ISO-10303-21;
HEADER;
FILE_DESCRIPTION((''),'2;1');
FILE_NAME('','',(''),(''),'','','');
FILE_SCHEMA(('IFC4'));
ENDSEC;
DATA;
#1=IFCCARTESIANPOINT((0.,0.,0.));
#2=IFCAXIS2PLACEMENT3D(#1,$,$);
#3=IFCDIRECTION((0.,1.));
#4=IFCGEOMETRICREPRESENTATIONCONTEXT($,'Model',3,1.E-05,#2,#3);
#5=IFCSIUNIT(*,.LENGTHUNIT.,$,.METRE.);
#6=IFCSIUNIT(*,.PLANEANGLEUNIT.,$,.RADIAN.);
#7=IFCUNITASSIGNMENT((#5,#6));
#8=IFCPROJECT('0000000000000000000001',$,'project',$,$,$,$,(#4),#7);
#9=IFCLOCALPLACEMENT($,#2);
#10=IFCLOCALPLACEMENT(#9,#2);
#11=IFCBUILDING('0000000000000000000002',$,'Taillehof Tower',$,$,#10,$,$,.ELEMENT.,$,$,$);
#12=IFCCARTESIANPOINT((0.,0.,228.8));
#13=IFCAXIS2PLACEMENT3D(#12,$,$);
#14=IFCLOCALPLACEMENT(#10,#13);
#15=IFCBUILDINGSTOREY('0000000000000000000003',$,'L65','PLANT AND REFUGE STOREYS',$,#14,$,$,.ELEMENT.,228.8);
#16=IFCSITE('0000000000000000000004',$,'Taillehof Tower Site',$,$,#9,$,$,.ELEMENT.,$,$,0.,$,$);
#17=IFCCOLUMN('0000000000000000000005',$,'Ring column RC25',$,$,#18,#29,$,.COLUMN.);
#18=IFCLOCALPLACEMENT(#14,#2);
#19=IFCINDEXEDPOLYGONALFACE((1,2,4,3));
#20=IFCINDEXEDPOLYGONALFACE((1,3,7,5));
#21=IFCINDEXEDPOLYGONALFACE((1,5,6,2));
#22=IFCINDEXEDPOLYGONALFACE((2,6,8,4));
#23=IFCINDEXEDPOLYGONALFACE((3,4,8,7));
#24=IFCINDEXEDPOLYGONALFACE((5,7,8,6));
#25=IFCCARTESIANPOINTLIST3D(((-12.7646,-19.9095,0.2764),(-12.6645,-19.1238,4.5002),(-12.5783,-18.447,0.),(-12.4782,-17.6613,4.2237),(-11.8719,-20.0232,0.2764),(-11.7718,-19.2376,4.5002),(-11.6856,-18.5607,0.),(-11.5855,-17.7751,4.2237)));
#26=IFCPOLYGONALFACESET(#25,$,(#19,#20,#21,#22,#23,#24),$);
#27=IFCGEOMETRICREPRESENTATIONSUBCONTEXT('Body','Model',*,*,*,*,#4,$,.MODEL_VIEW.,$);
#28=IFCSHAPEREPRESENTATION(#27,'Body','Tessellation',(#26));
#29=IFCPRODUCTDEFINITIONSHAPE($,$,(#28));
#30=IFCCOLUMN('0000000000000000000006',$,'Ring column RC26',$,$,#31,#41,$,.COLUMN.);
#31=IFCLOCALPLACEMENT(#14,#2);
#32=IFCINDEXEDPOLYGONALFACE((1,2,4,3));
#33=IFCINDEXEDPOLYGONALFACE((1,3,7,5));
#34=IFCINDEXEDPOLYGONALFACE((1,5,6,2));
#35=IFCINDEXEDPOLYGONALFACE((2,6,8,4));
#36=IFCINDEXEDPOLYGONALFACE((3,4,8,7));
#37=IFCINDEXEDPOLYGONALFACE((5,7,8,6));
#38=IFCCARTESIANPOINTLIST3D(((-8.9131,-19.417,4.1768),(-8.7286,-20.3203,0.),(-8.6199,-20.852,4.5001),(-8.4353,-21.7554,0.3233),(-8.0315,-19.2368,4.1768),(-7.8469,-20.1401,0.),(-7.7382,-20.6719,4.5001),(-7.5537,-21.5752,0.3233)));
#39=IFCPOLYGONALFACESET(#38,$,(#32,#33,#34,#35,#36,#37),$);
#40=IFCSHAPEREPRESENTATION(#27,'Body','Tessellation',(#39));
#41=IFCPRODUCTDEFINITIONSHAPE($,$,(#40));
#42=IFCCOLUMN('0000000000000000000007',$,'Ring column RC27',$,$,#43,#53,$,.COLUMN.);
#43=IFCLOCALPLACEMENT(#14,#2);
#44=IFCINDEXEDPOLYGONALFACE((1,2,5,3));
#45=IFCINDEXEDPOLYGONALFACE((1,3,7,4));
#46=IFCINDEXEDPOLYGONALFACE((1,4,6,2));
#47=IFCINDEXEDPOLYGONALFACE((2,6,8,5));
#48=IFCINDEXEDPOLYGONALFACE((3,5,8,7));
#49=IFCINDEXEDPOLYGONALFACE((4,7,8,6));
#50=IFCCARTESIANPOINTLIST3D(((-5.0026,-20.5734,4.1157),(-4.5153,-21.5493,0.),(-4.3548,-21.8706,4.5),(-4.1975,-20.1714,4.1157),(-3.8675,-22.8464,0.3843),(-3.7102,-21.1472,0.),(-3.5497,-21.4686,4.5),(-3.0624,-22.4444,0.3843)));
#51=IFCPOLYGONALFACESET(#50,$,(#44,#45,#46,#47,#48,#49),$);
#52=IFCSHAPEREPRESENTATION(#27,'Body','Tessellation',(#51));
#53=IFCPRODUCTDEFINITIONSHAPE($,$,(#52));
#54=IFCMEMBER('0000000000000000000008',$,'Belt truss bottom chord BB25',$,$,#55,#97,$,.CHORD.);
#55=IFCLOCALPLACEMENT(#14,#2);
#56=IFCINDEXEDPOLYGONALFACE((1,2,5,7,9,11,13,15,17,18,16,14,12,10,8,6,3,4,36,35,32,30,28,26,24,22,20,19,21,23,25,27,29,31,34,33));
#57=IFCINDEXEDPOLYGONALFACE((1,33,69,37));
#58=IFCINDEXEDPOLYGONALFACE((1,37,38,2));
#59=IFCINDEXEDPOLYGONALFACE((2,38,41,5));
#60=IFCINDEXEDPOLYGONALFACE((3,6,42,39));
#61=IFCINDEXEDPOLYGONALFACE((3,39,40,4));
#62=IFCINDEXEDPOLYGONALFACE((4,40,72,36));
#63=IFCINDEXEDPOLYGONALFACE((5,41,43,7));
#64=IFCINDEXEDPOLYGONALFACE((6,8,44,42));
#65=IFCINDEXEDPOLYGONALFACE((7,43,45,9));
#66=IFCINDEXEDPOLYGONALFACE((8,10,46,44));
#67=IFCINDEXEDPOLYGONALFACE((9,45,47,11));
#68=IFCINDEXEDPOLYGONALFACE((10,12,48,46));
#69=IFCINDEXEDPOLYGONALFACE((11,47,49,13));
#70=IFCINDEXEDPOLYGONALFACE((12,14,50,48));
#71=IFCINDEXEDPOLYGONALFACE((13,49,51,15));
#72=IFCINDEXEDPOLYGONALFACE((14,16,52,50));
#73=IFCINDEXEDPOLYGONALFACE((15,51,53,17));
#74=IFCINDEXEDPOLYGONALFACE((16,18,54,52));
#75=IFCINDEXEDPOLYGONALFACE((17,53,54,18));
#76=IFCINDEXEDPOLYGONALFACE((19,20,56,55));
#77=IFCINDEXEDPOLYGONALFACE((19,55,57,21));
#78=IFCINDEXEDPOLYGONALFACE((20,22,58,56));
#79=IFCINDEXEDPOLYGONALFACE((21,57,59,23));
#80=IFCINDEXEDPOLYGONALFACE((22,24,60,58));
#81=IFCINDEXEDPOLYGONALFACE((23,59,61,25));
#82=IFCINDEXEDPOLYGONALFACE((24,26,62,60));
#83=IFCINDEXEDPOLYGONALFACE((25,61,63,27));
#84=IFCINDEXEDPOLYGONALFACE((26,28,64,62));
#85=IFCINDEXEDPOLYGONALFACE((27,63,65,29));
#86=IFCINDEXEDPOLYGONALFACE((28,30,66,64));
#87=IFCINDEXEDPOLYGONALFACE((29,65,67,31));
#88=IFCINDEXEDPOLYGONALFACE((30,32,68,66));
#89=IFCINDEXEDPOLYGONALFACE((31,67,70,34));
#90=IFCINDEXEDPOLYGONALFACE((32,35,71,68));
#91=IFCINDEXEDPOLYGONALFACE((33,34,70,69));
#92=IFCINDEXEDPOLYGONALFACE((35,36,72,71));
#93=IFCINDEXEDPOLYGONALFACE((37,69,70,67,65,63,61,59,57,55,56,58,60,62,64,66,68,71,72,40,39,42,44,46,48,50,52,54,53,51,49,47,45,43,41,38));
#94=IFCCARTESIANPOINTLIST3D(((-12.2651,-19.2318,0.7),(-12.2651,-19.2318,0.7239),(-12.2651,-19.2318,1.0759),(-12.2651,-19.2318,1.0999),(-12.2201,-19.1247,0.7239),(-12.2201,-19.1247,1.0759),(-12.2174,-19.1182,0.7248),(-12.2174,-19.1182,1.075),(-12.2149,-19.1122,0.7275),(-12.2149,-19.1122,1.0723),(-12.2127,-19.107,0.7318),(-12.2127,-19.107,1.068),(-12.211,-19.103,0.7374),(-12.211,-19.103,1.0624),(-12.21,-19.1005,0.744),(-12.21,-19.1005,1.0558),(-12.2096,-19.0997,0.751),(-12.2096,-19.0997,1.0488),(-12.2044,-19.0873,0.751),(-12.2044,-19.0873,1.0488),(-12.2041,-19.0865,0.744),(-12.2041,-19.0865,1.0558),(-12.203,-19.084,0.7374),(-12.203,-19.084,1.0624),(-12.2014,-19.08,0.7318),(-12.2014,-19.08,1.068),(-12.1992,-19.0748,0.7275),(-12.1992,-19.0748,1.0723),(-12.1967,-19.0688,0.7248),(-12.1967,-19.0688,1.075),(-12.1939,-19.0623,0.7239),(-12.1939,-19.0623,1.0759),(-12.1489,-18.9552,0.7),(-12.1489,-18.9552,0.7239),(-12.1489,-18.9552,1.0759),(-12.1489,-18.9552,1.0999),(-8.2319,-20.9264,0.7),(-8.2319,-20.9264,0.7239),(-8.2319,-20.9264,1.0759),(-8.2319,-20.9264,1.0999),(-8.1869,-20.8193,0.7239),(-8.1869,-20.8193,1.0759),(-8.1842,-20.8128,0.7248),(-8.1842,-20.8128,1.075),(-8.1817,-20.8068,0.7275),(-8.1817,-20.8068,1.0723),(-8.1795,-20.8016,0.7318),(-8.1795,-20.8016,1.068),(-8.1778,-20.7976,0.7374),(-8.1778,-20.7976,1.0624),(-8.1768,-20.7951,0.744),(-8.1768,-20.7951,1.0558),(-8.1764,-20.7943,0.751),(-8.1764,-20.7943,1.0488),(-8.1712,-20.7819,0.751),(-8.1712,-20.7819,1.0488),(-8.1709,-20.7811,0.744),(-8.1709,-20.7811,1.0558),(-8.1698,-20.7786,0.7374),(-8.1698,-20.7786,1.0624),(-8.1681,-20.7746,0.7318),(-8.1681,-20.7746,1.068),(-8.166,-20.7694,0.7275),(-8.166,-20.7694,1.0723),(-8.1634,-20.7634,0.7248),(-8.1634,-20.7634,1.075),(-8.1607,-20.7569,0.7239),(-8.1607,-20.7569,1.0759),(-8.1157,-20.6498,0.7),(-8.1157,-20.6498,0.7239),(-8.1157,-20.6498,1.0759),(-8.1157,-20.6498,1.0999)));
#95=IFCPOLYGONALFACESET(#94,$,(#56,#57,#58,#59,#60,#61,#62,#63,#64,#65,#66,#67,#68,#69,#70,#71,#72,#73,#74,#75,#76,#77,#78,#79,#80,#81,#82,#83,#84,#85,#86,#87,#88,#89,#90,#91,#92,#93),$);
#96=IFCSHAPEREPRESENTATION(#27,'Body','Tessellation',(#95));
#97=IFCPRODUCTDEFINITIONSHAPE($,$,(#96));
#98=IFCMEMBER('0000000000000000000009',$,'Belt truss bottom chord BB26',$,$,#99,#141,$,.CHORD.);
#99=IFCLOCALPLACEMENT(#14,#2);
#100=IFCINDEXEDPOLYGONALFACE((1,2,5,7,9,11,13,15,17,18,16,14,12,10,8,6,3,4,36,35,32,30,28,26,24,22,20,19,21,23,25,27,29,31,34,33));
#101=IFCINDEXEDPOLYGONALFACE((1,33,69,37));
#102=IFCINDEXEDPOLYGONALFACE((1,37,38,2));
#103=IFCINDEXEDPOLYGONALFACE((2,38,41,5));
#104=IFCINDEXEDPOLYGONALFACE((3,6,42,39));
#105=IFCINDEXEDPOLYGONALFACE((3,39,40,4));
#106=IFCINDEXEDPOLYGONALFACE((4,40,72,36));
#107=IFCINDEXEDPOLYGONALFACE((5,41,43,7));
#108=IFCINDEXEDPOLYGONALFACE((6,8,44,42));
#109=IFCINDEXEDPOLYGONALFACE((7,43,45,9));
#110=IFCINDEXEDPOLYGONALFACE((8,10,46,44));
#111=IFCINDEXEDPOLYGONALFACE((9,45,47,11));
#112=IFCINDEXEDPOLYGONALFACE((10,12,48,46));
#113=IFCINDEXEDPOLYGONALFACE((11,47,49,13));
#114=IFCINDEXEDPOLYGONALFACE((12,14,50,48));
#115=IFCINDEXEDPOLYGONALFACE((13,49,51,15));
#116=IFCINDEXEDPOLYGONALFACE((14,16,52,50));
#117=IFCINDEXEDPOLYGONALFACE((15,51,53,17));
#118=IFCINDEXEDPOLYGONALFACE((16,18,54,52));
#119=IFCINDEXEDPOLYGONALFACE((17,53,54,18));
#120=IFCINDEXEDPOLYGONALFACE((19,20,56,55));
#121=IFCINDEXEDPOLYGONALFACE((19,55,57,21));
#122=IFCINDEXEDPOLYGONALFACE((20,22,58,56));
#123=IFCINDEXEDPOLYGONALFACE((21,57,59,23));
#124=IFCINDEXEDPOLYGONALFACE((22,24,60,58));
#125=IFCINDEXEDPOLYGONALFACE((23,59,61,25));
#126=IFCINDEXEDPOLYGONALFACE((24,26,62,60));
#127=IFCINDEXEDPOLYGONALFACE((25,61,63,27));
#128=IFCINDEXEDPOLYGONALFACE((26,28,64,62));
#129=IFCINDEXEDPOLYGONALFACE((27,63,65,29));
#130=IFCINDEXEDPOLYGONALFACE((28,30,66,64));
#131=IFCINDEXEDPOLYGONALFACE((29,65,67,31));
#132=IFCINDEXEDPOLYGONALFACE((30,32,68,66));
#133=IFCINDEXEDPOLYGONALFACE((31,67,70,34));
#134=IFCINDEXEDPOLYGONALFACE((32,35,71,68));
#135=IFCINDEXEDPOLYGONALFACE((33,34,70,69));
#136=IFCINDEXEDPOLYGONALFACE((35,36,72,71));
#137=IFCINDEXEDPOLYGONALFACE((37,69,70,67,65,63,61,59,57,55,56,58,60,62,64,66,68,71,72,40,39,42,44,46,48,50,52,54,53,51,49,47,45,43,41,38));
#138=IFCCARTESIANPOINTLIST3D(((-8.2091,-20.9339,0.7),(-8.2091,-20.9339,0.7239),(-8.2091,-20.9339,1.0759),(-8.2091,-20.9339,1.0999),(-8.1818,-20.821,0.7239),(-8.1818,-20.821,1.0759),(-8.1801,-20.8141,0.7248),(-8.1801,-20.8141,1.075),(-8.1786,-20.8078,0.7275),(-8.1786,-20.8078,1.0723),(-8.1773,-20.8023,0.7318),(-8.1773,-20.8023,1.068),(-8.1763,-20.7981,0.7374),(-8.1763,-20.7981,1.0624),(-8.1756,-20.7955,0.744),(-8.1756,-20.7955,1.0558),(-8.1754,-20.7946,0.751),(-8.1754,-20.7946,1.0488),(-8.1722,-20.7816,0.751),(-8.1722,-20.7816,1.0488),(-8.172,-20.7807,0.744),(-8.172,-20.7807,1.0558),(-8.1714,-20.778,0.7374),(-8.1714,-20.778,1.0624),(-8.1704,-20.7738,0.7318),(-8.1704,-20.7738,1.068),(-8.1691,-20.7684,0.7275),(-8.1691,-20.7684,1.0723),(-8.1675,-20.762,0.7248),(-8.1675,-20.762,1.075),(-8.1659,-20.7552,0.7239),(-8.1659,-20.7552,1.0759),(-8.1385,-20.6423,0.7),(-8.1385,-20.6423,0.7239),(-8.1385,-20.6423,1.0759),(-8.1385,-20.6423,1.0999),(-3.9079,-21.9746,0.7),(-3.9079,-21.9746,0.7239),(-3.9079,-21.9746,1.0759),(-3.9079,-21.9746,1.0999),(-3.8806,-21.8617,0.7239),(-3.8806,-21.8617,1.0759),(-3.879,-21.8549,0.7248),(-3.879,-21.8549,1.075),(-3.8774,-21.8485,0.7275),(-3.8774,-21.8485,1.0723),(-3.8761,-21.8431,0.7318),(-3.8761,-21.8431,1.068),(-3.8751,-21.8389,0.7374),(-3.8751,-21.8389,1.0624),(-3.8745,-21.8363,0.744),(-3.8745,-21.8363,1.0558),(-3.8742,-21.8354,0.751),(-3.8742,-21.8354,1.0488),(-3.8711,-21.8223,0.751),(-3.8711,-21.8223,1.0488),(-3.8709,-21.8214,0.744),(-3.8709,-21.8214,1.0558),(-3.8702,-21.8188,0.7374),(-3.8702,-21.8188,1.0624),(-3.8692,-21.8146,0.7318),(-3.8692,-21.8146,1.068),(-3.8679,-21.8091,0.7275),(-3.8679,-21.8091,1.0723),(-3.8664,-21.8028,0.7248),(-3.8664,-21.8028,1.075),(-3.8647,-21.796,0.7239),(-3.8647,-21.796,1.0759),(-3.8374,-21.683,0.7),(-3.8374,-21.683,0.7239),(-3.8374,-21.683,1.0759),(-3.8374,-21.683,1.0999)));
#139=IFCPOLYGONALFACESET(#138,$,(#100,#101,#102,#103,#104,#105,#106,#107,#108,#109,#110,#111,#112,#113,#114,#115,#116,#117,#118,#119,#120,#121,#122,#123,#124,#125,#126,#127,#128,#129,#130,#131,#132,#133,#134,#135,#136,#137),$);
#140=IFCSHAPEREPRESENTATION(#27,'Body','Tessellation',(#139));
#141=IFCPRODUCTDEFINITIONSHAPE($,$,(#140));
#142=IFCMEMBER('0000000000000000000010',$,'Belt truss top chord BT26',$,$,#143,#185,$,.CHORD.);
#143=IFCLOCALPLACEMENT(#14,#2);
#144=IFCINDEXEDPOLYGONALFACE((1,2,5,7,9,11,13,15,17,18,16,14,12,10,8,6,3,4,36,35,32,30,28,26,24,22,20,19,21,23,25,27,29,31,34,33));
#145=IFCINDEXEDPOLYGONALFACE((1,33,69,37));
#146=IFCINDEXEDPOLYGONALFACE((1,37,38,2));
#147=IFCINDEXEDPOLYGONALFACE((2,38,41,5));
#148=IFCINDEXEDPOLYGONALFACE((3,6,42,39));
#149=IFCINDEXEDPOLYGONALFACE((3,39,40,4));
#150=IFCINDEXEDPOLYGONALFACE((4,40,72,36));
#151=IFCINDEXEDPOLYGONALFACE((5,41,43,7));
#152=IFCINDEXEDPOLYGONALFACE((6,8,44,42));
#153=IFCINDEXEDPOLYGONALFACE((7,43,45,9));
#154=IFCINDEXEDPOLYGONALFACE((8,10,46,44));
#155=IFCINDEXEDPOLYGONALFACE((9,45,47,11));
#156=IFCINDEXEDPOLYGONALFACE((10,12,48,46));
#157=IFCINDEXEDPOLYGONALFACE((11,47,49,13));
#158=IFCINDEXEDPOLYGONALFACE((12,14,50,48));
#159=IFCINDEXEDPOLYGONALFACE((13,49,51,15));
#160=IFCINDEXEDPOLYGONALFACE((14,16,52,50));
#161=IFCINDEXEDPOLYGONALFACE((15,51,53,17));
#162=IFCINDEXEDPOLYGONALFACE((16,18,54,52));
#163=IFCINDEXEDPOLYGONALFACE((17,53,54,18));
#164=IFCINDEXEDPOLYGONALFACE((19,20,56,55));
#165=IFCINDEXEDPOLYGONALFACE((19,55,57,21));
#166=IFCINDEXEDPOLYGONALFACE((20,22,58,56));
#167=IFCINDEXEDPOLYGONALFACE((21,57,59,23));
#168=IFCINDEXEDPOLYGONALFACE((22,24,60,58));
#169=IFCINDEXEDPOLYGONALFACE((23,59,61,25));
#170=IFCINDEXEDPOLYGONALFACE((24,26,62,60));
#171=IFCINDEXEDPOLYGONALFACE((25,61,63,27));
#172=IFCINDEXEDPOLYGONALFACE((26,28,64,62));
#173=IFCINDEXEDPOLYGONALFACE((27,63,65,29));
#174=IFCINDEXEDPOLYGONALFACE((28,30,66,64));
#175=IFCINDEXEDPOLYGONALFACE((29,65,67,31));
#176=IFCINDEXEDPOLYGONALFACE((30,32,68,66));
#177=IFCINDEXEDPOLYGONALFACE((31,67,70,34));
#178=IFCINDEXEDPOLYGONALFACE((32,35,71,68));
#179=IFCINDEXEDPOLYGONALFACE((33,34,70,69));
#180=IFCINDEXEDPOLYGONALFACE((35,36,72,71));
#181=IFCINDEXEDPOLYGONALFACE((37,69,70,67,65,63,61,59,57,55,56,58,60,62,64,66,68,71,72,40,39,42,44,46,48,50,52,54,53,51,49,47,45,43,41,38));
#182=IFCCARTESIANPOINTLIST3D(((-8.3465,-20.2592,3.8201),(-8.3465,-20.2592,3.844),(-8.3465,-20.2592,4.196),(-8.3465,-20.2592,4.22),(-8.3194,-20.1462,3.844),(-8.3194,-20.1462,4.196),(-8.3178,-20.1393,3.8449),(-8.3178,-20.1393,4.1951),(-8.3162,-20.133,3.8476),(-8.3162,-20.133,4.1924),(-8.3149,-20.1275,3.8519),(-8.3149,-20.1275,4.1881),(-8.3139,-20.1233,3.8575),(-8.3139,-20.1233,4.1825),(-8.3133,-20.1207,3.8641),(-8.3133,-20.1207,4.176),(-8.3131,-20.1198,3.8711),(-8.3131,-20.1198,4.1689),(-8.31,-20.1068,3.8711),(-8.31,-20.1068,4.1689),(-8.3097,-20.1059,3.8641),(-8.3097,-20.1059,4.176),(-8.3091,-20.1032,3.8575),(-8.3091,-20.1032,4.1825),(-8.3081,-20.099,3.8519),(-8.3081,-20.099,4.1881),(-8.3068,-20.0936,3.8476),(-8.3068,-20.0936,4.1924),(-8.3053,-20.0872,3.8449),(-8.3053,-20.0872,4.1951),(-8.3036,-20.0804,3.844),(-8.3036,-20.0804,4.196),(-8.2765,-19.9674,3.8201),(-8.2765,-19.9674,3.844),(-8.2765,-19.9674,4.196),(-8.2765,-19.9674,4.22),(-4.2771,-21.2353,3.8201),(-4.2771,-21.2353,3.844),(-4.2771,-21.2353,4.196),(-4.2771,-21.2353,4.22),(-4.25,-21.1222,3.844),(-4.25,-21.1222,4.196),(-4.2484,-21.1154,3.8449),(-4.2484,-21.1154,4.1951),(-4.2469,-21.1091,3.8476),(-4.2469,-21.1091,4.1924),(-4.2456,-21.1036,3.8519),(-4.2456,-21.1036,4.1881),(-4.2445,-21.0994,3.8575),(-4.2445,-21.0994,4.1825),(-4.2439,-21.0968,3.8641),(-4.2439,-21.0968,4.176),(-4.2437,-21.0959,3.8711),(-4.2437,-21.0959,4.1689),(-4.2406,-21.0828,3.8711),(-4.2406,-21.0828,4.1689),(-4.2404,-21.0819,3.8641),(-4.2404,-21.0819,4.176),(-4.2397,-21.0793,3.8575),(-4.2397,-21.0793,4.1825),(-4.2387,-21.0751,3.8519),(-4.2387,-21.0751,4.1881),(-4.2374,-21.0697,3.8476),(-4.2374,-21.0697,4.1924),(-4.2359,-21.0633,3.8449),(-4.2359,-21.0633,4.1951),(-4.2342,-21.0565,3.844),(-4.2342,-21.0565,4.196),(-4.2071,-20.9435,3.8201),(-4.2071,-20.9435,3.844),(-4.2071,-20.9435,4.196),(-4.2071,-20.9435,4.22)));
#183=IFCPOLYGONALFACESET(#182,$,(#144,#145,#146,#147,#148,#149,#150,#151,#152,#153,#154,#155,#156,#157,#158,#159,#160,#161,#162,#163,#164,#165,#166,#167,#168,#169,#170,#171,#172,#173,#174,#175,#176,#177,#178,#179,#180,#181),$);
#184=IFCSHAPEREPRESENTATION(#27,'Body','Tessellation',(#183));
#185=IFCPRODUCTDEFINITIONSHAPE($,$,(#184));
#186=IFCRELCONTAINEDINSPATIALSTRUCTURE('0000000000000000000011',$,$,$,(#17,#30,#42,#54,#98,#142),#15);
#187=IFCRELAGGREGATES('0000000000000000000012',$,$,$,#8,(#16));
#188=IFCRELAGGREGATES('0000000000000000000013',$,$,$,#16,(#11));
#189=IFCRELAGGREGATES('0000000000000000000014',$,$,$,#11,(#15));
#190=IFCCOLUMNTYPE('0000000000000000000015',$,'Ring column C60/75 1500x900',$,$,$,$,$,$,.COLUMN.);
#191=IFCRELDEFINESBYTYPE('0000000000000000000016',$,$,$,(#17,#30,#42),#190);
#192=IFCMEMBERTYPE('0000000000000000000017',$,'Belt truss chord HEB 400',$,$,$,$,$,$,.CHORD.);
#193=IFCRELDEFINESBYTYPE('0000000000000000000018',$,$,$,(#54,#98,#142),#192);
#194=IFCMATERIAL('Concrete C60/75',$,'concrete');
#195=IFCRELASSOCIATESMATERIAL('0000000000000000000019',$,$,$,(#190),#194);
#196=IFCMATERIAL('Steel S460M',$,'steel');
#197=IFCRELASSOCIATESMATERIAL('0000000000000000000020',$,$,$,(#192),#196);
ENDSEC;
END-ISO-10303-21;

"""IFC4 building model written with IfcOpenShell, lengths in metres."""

from ifc_helpers import new_model, si_unit, direction, frame, origin, origin_2d, place, context, subcontext, project, spatial, rectangle, i_section, extrude, material, material_profile, profile_set, type_object, element, save


model = new_model("IFC4")

# Units and contexts
model_context = context("Model", 3, precision=1e-05, world=origin(), true_north=direction((0.0, 1.0)))
body_context = subcontext(model_context, "Body", "Model", "MODEL_VIEW")
ifc_project = project(units=[si_unit("LENGTHUNIT", "METRE"), si_unit("PLANEANGLEUNIT", "RADIAN")], contexts=[model_context])

# Site, building, storey
site_placement = place(None, origin())
site = spatial("IfcSite", under=ifc_project, at=site_placement, Name="Taillehof Tower Site", CompositionType="ELEMENT", RefElevation=0.0)
building_placement = place(site_placement, origin())
building = spatial("IfcBuilding", under=site, at=building_placement, Name="Taillehof Tower", CompositionType="ELEMENT")
storey_placement = place(building_placement, frame((0.0, 0.0, 228.8)))
storey = spatial("IfcBuildingStorey", under=building, at=storey_placement, Name="L65", Description="PLANT AND REFUGE STOREYS", CompositionType="ELEMENT", Elevation=228.8)

# Columns
ifc_material_1 = material(Name="Concrete C60/75", Category="concrete")
ifc_material_profile_1 = material_profile(ifc_material_1, rectangle(XDim=1.5, YDim=0.8999, at=origin_2d()), Name="RC 1500x900")
ifc_profile_set_1 = profile_set([ifc_material_profile_1], Name="Concrete C60/75")
column_type = type_object("IfcColumnType", Name="Ring column C60/75 1500x900", PredefinedType="COLUMN", material=ifc_profile_set_1)
column_1_placement = place(storey_placement, frame((-12.2251, -19.2351, 0.1382), z_axis=(0.023293, 0.182825, 0.982869), x_axis=(-0.124222, -0.974988, 0.184303)))
element("IfcColumn", 1, at=column_1_placement, inside=storey, type_object=column_type, Name="Ring column RC25", PredefinedType="COLUMN", context=body_context, shape_type="SweptSolid", body=[
    extrude(rectangle(XDim=1.5, YDim=0.8999, at=origin_2d()), origin(), (0.0, 0.0, 1.0), 4.2974),
])
column_2_placement = place(storey_placement, frame((-8.1411, -20.9478, 0.1616), z_axis=(-0.043151, 0.211189, 0.976492), x_axis=(0.195482, -0.956726, 0.215552)))
element("IfcColumn", 2, at=column_2_placement, inside=storey, type_object=column_type, Name="Ring column RC26", PredefinedType="COLUMN", context=body_context, shape_type="SweptSolid", body=[
    extrude(rectangle(XDim=1.5, YDim=0.8999, at=origin_2d()), origin(), (0.0, 0.0, 1.0), 4.2773),
])
column_3_placement = place(storey_placement, frame((-3.7888, -21.9968, 0.1921), z_axis=(-0.11445, 0.229186, 0.966631), x_axis=(0.431858, -0.864797, 0.256174)))
element("IfcColumn", 3, at=column_3_placement, inside=storey, type_object=column_type, Name="Ring column RC27", PredefinedType="COLUMN", context=body_context, shape_type="SweptSolid", body=[
    extrude(rectangle(XDim=1.5, YDim=0.8999, at=origin_2d()), origin(), (0.0, 0.0, 1.0), 4.2578),
])

# Members
ifc_material_2 = material(Name="Steel S460M", Category="steel")
ifc_material_profile_2 = material_profile(ifc_material_2, i_section(OverallWidth=0.3, OverallDepth=0.3999, WebThickness=0.0134, FlangeThickness=0.0239, FilletRadius=0.0271, at=origin_2d()), Name="HEB 400")
ifc_profile_set_2 = profile_set([ifc_material_profile_2], Name="Steel S460M")
member_type_1 = type_object("IfcMemberType", Name="Belt truss chord HEB 400", PredefinedType="CHORD", material=ifc_profile_set_2)
member_1_placement = place(storey_placement, frame((-12.207, -19.0935, 0.8999), z_axis=(0.92193, -0.387356, 0.0), x_axis=(0.387356, 0.92193, 0.0)))
element("IfcMember", 4, at=member_1_placement, inside=storey, type_object=member_type_1, Name="Belt truss bottom chord BB25", PredefinedType="CHORD", context=body_context, shape_type="SweptSolid", body=[
    extrude(i_section(OverallWidth=0.3, OverallDepth=0.3999, WebThickness=0.0134, FlangeThickness=0.0239, FilletRadius=0.0271, at=origin_2d()), origin(), (0.0, 0.0, 1.0), 4.3748),
])
member_2_placement = place(storey_placement, frame((-8.1738, -20.7881, 0.8999), z_axis=(0.971951, -0.235182, 0.0), x_axis=(0.235182, 0.971951, 0.0)))
element("IfcMember", 5, at=member_2_placement, inside=storey, type_object=member_type_1, Name="Belt truss bottom chord BB26", PredefinedType="CHORD", context=body_context, shape_type="SweptSolid", body=[
    extrude(i_section(OverallWidth=0.3, OverallDepth=0.3999, WebThickness=0.0134, FlangeThickness=0.0239, FilletRadius=0.0271, at=origin_2d()), origin(), (0.0, 0.0, 1.0), 4.4253),
])
member_3_placement = place(storey_placement, frame((-8.3115, -20.1133, 4.02), z_axis=(0.972418, -0.233245, 0.0), x_axis=(0.233245, 0.972418, 0.0)))
element("IfcMember", 6, at=member_3_placement, inside=storey, type_object=member_type_1, Name="Belt truss top chord BT26", PredefinedType="CHORD", context=body_context, shape_type="SweptSolid", body=[
    extrude(i_section(OverallWidth=0.3, OverallDepth=0.3999, WebThickness=0.0134, FlangeThickness=0.0239, FilletRadius=0.0271, at=origin_2d()), origin(), (0.0, 0.0, 1.0), 4.1848),
])

save(model, "model.ifc")
